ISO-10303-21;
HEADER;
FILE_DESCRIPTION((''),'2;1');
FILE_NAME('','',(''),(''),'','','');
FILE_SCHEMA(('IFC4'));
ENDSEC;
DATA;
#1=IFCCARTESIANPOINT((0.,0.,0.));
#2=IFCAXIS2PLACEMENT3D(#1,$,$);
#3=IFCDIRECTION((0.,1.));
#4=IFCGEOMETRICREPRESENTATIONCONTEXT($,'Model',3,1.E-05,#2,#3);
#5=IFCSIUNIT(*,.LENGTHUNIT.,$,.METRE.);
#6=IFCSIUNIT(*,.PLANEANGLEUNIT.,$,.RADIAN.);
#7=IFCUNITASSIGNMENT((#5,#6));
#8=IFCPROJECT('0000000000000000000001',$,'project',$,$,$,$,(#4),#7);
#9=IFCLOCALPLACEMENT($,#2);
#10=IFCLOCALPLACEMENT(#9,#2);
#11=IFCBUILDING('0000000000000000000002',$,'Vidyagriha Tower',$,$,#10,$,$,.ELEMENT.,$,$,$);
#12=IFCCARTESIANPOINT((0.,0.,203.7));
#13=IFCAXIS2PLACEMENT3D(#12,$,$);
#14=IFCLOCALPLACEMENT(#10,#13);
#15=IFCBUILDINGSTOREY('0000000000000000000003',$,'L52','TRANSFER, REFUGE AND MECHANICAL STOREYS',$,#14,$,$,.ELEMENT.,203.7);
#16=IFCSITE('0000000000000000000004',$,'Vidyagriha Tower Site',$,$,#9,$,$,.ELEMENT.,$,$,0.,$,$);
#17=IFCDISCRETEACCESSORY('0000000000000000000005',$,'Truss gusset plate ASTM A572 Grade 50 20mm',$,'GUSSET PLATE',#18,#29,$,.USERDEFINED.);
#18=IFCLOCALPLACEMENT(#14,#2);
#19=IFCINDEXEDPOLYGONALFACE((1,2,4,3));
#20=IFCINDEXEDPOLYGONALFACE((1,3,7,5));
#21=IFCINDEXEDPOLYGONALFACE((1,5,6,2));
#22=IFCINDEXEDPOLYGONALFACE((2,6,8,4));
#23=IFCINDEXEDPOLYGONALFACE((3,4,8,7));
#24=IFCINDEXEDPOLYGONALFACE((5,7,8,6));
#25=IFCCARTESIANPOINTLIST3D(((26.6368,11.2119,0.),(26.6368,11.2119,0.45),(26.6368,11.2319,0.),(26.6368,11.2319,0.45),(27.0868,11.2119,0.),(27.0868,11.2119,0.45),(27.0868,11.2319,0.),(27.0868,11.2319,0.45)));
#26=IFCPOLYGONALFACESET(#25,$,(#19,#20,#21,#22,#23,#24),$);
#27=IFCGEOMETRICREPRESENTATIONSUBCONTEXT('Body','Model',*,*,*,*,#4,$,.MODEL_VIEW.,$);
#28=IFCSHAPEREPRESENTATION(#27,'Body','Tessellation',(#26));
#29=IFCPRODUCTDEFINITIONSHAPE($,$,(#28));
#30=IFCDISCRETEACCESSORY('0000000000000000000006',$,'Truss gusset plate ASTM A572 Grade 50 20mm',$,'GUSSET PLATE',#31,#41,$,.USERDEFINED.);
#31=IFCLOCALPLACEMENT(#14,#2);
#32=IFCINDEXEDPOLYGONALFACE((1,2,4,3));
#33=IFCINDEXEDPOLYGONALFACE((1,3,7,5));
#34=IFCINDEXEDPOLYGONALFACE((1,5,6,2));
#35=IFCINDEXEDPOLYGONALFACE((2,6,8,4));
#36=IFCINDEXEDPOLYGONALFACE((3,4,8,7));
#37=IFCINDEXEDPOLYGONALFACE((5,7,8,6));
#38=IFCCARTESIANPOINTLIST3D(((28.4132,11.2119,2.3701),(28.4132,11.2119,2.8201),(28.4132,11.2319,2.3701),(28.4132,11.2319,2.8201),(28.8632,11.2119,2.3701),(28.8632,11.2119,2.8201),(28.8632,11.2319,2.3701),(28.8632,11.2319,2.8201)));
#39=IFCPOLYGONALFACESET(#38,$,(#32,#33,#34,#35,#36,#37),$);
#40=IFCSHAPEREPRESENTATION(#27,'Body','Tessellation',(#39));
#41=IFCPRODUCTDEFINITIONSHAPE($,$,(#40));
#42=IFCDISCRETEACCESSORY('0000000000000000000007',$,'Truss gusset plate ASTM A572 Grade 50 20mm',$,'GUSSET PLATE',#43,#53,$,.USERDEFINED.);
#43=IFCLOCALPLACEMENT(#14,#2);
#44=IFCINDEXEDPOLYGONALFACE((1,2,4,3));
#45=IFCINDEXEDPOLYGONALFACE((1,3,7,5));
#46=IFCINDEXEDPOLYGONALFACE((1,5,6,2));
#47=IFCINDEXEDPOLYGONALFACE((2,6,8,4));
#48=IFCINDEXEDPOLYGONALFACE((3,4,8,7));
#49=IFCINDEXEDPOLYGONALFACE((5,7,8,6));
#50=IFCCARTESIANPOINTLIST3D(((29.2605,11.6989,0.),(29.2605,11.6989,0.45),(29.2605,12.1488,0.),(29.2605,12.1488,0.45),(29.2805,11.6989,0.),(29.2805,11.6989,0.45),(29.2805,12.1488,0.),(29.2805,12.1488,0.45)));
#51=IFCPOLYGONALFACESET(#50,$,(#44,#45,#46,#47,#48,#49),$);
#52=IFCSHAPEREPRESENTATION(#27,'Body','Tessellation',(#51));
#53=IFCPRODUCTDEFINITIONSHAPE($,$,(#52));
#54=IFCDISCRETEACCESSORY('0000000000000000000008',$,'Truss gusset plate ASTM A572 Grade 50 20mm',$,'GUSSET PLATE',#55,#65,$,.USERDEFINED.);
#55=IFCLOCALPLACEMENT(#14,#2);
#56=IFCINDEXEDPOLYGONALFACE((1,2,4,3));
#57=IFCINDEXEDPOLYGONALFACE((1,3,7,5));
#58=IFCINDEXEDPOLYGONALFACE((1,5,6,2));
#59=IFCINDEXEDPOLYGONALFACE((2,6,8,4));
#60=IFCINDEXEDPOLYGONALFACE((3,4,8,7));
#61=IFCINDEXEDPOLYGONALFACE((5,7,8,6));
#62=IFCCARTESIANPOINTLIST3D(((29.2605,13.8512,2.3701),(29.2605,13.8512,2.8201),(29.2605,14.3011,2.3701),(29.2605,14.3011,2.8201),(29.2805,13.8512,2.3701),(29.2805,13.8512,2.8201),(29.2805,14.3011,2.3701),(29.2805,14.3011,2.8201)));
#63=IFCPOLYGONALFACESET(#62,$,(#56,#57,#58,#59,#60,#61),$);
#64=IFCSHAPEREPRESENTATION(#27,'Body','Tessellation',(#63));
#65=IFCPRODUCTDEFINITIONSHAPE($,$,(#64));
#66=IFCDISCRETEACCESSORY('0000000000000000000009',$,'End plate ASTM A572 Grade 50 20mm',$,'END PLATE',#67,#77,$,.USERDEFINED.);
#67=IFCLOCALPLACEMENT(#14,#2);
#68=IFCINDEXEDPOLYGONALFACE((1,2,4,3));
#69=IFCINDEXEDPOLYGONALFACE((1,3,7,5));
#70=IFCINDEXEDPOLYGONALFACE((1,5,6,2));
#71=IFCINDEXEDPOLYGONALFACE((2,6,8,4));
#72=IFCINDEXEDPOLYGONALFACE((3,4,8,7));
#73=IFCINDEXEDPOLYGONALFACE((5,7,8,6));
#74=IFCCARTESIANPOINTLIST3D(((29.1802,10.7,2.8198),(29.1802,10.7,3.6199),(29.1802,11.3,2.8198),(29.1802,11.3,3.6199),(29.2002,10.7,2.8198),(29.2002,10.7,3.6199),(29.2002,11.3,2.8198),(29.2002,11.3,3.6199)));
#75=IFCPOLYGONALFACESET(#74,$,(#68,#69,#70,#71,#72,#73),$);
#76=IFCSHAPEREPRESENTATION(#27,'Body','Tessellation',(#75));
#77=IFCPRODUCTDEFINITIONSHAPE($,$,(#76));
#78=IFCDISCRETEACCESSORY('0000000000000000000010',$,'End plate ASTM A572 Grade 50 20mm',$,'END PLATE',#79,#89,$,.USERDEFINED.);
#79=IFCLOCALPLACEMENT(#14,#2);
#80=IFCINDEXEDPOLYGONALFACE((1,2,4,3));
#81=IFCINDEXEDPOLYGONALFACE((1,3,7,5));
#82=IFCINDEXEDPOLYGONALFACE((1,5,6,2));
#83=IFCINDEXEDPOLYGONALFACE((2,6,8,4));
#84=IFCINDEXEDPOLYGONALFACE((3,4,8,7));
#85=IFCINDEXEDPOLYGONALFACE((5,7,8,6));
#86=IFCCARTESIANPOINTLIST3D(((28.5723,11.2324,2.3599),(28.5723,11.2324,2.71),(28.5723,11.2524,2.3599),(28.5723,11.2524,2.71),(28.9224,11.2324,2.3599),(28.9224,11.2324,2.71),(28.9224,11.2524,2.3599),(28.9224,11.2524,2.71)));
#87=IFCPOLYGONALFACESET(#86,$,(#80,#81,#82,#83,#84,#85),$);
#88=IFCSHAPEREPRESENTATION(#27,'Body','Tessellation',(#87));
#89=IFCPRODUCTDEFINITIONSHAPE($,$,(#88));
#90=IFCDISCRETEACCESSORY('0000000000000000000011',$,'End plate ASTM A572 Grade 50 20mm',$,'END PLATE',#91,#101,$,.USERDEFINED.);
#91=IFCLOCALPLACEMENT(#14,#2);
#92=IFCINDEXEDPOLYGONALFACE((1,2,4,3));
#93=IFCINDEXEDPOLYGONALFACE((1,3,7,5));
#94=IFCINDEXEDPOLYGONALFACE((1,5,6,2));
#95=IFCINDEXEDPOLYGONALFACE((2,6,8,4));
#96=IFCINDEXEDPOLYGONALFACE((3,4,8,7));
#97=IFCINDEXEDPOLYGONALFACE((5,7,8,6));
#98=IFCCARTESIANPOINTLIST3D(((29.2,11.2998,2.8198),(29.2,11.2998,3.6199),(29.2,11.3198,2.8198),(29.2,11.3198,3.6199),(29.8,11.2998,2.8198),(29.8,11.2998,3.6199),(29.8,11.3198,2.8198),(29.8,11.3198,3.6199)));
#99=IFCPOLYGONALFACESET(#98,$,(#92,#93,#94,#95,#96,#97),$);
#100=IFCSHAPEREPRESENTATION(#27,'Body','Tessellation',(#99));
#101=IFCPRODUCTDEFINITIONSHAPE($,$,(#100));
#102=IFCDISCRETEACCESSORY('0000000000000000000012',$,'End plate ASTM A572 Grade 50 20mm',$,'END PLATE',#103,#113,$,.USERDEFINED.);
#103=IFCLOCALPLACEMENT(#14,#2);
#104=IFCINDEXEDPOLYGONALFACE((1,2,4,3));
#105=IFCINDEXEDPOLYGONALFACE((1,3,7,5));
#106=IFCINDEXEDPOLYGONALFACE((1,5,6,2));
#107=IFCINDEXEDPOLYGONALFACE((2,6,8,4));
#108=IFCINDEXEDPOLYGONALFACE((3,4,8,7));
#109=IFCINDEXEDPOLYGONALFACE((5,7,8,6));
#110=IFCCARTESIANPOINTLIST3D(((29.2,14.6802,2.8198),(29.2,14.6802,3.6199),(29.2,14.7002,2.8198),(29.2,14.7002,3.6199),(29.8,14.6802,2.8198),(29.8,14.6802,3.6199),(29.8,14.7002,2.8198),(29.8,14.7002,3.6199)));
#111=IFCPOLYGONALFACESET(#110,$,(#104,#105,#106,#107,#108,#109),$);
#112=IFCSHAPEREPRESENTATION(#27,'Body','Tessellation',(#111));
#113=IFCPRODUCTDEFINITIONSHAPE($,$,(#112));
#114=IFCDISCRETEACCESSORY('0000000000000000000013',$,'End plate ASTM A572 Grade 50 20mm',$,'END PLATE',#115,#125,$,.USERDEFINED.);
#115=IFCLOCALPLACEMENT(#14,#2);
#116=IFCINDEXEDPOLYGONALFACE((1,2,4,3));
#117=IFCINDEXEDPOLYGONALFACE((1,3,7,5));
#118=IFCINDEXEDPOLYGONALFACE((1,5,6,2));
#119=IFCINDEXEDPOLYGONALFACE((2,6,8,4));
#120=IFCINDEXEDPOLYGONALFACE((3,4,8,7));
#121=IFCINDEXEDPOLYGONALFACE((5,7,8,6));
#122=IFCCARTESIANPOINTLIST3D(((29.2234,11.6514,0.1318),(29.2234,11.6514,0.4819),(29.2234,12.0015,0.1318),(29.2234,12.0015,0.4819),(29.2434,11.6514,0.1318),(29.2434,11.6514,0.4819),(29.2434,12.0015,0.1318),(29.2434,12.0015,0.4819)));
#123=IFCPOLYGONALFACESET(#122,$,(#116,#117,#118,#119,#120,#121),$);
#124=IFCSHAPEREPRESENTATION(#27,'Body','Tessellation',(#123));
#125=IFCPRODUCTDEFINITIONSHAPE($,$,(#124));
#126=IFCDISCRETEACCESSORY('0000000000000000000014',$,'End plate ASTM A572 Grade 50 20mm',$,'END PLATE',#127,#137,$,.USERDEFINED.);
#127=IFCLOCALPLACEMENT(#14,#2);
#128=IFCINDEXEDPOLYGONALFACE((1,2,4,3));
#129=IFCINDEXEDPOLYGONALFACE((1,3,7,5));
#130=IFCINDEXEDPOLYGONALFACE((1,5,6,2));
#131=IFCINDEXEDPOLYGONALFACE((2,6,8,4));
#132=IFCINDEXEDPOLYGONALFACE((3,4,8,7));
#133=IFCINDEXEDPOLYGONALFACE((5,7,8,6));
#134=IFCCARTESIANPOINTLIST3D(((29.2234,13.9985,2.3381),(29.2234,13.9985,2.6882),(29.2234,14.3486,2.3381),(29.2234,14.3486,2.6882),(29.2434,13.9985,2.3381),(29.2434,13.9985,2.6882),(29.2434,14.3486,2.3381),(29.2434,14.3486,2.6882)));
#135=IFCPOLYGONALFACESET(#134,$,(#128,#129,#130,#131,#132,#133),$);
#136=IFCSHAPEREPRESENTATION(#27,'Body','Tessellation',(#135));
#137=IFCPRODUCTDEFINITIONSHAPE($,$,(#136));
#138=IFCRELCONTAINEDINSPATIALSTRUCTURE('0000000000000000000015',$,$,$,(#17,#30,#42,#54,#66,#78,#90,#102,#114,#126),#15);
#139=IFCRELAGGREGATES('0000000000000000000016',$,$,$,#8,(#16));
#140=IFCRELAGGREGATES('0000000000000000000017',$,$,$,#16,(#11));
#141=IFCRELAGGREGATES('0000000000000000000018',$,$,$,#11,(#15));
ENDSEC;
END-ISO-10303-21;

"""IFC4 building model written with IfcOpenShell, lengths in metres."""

from ifc_helpers import new_model, si_unit, direction, frame, origin, origin_2d, place, context, subcontext, project, spatial, rectangle, extrude, element, save


model = new_model("IFC4")

# Units and contexts
model_context = context("Model", 3, precision=1e-05, world=origin(), true_north=direction((0.0, 1.0)))
body_context = subcontext(model_context, "Body", "Model", "MODEL_VIEW")
ifc_project = project(units=[si_unit("LENGTHUNIT", "METRE"), si_unit("PLANEANGLEUNIT", "RADIAN")], contexts=[model_context])

# Site, building, storey
site_placement = place(None, origin())
site = spatial("IfcSite", under=ifc_project, at=site_placement, Name="Vidyagriha Tower Site", CompositionType="ELEMENT", RefElevation=0.0)
building_placement = place(site_placement, origin())
building = spatial("IfcBuilding", under=site, at=building_placement, Name="Vidyagriha Tower", CompositionType="ELEMENT")
storey_placement = place(building_placement, frame((0.0, 0.0, 203.7)))
storey = spatial("IfcBuildingStorey", under=building, at=storey_placement, Name="L52", Description="TRANSFER, REFUGE AND MECHANICAL STOREYS", CompositionType="ELEMENT", Elevation=203.7)

# Discrete accessories
for number, where, name in (
    (1, (26.8618, 11.2219, 0.0), "Truss gusset plate ASTM A572 Grade 50 20mm"),
    (2, (28.6382, 11.2219, 2.3701), "Truss gusset plate ASTM A572 Grade 50 20mm"),
):
    element("IfcDiscreteAccessory", number, at=place(storey_placement, frame(where)), inside=storey, Name=name, ObjectType="GUSSET PLATE", PredefinedType="USERDEFINED", context=body_context, shape_type="SweptSolid", body=[
        extrude(rectangle(XDim=0.45, YDim=0.02, at=origin_2d()), origin(), (0.0, 0.0, 1.0), 0.45),
    ])
for number, where, z_axis, x_axis, name in (
    (3, (29.2705, 11.9238, 0.0), (0.0, 0.0, 1.0), (0.0, 1.0, 0.0), "Truss gusset plate ASTM A572 Grade 50 20mm"),
    (4, (29.2705, 14.0762, 2.3701), (0.0, 0.0, 1.0), (0.0, 1.0, 0.0), "Truss gusset plate ASTM A572 Grade 50 20mm"),
):
    element("IfcDiscreteAccessory", number, at=place(storey_placement, frame(where, z_axis=z_axis, x_axis=x_axis)), inside=storey, Name=name, ObjectType="GUSSET PLATE", PredefinedType="USERDEFINED", context=body_context, shape_type="SweptSolid", body=[
        extrude(rectangle(XDim=0.45, YDim=0.02, at=origin_2d()), origin(), (0.0, 0.0, 1.0), 0.45),
    ])
discrete_accessory_1_placement = place(storey_placement, frame((29.1902, 11.0, 2.8198)))
element("IfcDiscreteAccessory", 5, at=discrete_accessory_1_placement, inside=storey, Name="End plate ASTM A572 Grade 50 20mm", ObjectType="END PLATE", PredefinedType="USERDEFINED", context=body_context, shape_type="SweptSolid", body=[
    extrude(rectangle(XDim=0.02, YDim=0.6001, at=origin_2d()), origin(), (0.0, 0.0, 1.0), 0.8),
])
discrete_accessory_2_placement = place(storey_placement, frame((28.7473, 11.2424, 2.3599)))
element("IfcDiscreteAccessory", 6, at=discrete_accessory_2_placement, inside=storey, Name="End plate ASTM A572 Grade 50 20mm", ObjectType="END PLATE", PredefinedType="USERDEFINED", context=body_context, shape_type="SweptSolid", body=[
    extrude(rectangle(XDim=0.3501, YDim=0.02, at=origin_2d()), origin(), (0.0, 0.0, 1.0), 0.3501),
])
for number, where, z_axis, x_axis, name in (
    (7, (29.5, 11.3098, 2.8198), (0.0, 0.0, 1.0), (0.0, -1.0, 0.0), "End plate ASTM A572 Grade 50 20mm"),
    (8, (29.5, 14.6902, 2.8198), (0.0, 0.0, 1.0), (0.0, 1.0, 0.0), "End plate ASTM A572 Grade 50 20mm"),
):
    element("IfcDiscreteAccessory", number, at=place(storey_placement, frame(where, z_axis=z_axis, x_axis=x_axis)), inside=storey, Name=name, ObjectType="END PLATE", PredefinedType="USERDEFINED", context=body_context, shape_type="SweptSolid", body=[
        extrude(rectangle(XDim=0.02, YDim=0.6001, at=origin_2d()), origin(), (0.0, 0.0, 1.0), 0.8),
    ])
for number, where, z_axis, x_axis, name in (
    (9, (29.2334, 11.8264, 0.1318), (0.0, 0.0, 1.0), (0.0, -1.0, 0.0), "End plate ASTM A572 Grade 50 20mm"),
    (10, (29.2334, 14.1736, 2.3381), (0.0, 0.0, 1.0), (0.0, 1.0, 0.0), "End plate ASTM A572 Grade 50 20mm"),
):
    element("IfcDiscreteAccessory", number, at=place(storey_placement, frame(where, z_axis=z_axis, x_axis=x_axis)), inside=storey, Name=name, ObjectType="END PLATE", PredefinedType="USERDEFINED", context=body_context, shape_type="SweptSolid", body=[
        extrude(rectangle(XDim=0.3501, YDim=0.02, at=origin_2d()), origin(), (0.0, 0.0, 1.0), 0.3501),
    ])

save(model, "model.ifc")
